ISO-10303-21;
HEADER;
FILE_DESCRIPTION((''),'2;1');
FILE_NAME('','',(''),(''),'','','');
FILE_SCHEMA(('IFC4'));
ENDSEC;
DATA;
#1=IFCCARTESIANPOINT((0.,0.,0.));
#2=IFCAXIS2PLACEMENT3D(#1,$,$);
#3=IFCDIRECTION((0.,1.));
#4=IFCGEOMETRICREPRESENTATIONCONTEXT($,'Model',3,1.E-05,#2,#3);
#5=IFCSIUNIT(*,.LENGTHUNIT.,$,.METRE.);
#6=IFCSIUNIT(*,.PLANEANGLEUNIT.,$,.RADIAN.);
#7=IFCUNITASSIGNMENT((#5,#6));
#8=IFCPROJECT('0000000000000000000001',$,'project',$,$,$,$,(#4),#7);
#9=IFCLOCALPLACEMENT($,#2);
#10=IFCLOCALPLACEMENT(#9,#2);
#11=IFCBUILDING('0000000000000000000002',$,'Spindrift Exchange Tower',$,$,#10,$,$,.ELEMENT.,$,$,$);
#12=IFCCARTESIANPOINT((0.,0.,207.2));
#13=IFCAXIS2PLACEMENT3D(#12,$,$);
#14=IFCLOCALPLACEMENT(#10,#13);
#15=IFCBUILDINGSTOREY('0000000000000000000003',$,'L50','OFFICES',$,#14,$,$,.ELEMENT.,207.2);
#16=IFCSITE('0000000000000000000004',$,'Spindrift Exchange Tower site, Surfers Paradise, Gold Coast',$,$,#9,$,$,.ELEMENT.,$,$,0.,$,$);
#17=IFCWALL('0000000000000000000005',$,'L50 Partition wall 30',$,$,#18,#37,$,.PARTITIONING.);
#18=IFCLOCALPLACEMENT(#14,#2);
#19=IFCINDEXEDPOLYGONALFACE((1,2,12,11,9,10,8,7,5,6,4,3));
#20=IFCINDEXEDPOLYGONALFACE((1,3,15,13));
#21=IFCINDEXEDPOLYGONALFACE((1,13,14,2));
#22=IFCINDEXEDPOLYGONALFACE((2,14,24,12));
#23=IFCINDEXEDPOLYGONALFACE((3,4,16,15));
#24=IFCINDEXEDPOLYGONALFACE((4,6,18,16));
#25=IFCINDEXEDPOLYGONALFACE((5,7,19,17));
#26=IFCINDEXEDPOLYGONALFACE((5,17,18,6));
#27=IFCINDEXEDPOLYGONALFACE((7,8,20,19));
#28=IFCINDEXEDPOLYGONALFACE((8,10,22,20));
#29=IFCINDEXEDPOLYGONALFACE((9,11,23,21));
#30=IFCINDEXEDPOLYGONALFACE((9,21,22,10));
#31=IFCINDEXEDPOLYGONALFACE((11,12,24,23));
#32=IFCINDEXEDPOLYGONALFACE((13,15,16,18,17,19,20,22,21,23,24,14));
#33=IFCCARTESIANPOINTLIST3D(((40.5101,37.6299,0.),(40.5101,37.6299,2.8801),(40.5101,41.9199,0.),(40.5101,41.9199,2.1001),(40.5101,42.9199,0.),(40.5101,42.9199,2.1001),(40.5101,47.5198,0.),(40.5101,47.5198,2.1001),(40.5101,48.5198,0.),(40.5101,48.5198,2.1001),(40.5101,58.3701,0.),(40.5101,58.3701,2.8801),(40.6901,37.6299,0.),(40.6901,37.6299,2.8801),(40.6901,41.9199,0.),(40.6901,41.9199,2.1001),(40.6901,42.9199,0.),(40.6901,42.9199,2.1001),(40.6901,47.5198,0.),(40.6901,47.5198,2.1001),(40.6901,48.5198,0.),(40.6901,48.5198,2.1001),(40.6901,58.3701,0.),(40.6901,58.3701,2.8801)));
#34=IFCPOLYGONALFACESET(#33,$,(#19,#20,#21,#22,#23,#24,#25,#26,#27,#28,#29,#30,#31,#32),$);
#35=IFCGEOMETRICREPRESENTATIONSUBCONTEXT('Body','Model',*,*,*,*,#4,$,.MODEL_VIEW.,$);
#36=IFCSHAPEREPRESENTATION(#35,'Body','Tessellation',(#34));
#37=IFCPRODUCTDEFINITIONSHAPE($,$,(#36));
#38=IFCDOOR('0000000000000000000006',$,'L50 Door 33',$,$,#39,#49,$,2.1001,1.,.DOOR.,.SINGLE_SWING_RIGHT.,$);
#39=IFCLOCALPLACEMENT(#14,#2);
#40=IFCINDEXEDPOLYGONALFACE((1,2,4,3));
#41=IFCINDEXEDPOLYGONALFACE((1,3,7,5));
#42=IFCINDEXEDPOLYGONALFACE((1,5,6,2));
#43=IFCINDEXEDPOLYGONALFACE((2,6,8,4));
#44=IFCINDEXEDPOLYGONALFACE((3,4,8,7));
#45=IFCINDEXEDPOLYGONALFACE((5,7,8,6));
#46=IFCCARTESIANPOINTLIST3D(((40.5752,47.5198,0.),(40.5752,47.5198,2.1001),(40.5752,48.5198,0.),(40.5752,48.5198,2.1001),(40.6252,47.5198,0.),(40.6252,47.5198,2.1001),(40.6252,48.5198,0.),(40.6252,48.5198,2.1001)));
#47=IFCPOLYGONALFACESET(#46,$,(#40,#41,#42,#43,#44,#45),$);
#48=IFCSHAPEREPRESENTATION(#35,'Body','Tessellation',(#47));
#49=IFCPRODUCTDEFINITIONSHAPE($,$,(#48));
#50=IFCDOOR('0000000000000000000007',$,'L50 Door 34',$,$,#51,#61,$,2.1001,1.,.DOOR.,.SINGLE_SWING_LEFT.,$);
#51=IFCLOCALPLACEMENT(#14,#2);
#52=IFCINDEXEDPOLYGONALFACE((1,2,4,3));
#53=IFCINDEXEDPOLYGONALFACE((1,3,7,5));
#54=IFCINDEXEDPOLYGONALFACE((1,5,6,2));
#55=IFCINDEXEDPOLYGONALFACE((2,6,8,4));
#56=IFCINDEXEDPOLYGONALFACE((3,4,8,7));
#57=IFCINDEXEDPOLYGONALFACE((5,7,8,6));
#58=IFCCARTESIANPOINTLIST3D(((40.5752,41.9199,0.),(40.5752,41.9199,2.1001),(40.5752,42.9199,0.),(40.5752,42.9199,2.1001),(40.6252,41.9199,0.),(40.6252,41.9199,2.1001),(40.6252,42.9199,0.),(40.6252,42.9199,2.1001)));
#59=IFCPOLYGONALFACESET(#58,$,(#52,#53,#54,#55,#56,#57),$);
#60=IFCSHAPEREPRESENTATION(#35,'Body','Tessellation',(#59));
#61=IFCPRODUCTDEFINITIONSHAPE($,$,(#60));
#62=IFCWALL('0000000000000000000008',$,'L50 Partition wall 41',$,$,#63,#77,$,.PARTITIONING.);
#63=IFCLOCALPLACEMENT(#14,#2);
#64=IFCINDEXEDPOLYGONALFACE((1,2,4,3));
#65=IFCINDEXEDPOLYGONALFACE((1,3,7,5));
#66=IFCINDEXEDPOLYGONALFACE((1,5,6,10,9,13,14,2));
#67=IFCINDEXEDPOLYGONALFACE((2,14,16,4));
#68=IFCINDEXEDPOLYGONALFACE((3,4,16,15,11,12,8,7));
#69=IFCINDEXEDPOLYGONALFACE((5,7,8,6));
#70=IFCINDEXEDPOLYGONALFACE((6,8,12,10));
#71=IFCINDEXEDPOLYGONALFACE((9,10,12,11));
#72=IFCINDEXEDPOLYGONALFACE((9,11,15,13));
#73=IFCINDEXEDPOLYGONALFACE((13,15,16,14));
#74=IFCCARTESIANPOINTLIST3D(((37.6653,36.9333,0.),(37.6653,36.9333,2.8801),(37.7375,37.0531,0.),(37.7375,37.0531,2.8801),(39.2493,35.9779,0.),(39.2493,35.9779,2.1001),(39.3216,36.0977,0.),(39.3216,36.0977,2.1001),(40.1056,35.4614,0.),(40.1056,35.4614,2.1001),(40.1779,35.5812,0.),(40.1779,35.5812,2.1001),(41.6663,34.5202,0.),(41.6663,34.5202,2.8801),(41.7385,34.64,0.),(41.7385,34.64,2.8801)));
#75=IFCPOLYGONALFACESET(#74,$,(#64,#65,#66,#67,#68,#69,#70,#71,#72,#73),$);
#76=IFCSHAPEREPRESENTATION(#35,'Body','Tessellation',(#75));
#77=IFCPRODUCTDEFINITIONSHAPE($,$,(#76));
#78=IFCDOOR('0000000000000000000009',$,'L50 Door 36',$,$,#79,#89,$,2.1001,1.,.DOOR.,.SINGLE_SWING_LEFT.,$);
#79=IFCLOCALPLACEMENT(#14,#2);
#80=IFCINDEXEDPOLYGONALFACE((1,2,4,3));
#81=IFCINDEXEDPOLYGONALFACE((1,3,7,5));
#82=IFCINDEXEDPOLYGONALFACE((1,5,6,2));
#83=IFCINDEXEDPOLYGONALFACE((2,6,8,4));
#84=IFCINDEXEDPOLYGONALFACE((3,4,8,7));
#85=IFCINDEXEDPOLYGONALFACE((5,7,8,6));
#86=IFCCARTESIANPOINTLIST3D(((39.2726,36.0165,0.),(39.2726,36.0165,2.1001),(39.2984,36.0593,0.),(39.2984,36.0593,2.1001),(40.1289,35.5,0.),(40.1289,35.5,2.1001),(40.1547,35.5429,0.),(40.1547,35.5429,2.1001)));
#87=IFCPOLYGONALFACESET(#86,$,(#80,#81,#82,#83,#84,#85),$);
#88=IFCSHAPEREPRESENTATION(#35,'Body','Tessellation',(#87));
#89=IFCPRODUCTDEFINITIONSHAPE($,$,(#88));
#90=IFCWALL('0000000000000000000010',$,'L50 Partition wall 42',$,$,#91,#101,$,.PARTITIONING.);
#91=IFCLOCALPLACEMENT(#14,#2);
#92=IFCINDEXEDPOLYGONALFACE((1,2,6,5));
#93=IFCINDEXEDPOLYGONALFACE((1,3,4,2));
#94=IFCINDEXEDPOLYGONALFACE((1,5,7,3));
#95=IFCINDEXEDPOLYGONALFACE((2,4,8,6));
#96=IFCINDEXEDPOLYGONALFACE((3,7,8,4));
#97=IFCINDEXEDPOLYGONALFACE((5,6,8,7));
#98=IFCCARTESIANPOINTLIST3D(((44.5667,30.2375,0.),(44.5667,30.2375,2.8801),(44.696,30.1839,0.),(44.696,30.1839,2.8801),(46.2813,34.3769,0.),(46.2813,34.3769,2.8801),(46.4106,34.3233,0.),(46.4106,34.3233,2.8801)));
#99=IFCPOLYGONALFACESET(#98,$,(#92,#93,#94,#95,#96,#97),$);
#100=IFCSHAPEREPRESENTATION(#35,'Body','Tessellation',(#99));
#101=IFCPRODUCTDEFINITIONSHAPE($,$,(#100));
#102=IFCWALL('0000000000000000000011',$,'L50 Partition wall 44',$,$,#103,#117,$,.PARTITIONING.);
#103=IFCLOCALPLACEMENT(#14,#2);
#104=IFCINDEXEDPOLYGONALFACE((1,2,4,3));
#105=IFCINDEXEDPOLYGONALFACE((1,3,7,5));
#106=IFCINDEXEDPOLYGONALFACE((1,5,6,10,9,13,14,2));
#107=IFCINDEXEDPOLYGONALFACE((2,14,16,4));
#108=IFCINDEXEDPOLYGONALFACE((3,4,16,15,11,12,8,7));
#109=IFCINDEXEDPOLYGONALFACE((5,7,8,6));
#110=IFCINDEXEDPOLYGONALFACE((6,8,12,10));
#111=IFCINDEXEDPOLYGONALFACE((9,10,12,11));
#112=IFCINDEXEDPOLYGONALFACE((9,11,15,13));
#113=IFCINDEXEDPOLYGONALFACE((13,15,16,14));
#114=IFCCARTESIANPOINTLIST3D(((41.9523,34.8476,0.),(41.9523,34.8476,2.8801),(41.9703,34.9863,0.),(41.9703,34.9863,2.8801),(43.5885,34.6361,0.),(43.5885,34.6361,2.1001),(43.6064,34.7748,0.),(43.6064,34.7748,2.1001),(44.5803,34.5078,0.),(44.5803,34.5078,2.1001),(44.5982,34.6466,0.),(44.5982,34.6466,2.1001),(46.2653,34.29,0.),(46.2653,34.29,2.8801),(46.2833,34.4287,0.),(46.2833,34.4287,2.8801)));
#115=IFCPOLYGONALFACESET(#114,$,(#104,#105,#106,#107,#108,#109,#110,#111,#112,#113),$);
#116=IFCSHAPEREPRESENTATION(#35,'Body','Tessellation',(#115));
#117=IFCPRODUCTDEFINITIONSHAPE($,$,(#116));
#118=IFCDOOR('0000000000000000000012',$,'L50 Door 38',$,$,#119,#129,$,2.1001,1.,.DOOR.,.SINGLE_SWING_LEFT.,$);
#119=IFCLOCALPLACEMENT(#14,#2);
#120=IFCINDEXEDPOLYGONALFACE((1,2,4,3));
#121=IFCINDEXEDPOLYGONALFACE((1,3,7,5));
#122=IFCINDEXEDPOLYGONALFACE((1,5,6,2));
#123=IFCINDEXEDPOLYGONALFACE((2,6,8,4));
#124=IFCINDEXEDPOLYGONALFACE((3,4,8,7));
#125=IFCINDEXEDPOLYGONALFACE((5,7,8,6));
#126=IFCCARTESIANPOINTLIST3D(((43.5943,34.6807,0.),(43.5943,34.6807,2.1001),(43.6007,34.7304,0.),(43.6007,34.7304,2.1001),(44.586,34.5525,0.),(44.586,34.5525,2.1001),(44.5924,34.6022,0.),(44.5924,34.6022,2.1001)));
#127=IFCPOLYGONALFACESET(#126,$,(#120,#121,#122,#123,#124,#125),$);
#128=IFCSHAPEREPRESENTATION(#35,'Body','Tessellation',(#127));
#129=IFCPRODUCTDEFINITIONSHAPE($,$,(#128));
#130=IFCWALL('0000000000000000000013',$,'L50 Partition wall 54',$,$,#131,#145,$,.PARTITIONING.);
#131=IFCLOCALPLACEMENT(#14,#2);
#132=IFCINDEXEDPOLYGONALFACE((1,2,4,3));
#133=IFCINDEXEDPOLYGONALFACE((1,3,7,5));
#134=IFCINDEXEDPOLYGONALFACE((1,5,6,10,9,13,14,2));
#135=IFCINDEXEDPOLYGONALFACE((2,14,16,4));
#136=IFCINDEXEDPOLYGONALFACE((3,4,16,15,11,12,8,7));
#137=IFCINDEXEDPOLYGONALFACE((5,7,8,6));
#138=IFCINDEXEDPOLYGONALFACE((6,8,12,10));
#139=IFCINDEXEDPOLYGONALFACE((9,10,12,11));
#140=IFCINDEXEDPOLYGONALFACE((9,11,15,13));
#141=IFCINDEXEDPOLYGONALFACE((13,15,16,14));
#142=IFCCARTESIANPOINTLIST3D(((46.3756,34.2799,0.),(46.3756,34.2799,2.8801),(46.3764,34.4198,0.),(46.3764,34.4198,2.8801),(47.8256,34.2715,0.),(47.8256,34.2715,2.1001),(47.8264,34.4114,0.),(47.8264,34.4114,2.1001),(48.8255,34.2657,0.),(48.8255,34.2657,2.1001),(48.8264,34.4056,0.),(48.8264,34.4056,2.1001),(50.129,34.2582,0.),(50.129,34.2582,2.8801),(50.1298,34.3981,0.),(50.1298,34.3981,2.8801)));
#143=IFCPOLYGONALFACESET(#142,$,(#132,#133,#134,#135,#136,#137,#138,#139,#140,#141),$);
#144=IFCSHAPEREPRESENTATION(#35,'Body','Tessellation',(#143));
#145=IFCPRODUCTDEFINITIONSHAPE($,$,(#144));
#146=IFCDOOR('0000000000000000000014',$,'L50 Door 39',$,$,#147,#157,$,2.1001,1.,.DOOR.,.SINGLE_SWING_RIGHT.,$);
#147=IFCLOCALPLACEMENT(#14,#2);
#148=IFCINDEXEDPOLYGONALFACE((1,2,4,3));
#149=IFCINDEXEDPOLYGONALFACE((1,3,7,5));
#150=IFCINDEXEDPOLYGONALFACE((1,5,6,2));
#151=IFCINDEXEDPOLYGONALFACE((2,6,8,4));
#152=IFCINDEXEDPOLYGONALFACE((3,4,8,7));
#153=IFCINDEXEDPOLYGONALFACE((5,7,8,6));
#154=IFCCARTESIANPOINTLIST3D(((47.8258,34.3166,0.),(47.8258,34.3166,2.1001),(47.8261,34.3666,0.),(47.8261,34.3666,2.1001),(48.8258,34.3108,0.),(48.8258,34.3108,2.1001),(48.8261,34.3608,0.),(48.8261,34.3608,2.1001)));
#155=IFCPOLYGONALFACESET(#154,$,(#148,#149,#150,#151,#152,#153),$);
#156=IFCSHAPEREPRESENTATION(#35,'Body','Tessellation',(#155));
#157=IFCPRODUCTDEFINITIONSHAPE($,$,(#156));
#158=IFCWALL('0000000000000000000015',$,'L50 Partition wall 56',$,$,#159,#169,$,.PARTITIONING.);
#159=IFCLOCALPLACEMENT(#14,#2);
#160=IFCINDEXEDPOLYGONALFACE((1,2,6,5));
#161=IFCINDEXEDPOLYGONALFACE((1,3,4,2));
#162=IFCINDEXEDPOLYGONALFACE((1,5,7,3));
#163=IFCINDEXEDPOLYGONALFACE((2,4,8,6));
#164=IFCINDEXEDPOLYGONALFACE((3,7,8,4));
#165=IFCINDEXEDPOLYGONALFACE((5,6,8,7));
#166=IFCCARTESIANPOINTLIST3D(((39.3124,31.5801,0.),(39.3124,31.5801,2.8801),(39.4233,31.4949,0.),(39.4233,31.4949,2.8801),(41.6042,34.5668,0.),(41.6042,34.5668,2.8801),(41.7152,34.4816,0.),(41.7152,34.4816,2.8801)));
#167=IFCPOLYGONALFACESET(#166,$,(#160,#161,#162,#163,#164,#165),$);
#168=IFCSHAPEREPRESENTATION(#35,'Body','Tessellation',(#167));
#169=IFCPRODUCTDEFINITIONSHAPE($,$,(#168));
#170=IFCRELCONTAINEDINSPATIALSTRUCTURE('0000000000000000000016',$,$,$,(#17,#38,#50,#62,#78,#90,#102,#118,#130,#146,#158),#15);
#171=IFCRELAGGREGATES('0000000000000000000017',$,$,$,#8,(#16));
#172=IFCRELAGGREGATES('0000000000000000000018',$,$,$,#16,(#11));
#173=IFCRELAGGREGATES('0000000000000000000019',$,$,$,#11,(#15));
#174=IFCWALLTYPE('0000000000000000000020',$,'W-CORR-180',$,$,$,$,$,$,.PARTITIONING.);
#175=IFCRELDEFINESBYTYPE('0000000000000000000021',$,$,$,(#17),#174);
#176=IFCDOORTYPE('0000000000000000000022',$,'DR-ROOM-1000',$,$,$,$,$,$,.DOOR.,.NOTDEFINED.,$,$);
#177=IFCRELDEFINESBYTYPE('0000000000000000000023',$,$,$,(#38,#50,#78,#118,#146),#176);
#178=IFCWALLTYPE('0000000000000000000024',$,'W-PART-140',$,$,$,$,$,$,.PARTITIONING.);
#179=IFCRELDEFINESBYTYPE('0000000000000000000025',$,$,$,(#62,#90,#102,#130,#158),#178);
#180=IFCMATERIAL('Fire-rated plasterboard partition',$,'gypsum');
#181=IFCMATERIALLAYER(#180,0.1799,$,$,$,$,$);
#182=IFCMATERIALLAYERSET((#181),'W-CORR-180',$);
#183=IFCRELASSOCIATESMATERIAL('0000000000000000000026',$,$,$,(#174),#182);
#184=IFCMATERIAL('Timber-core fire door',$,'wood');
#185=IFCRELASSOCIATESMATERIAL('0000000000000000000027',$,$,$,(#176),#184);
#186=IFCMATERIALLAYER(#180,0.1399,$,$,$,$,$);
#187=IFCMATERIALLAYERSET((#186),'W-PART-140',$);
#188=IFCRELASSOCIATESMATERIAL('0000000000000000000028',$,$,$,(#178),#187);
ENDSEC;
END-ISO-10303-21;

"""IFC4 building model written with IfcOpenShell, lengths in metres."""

from ifc_helpers import new_model, si_unit, direction, frame, frame_2d, origin, place, context, subcontext, project, spatial, rectangle, extrude, source, transform, mapped, material, layer, layer_set, type_object, element, fill, save


model = new_model("IFC4")

# Units and contexts
model_context = context("Model", 3, precision=1e-05, world=origin(), true_north=direction((0.0, 1.0)))
body_context = subcontext(model_context, "Body", "Model", "MODEL_VIEW")
ifc_project = project(units=[si_unit("LENGTHUNIT", "METRE"), si_unit("PLANEANGLEUNIT", "RADIAN")], contexts=[model_context])

# Site, building, storey
site_placement = place(None, origin())
site = spatial("IfcSite", under=ifc_project, at=site_placement, Name="Spindrift Exchange Tower site, Surfers Paradise, Gold Coast", CompositionType="ELEMENT", RefElevation=0.0)
building_placement = place(site_placement, origin())
building = spatial("IfcBuilding", under=site, at=building_placement, Name="Spindrift Exchange Tower", CompositionType="ELEMENT")
storey_placement = place(building_placement, frame((0.0, 0.0, 207.2)))
storey = spatial("IfcBuildingStorey", under=building, at=storey_placement, Name="L50", Description="OFFICES", CompositionType="ELEMENT", Elevation=207.2)

# Wall, openings, doors
ifc_material_1 = material(Name="Timber-core fire door", Category="wood")
ifc_material_2 = material(Name="Fire-rated plasterboard partition", Category="gypsum")
ifc_layer_1 = layer(ifc_material_2, 0.1799)
ifc_layer_set_1 = layer_set([ifc_layer_1], Name="W-CORR-180")
wall_type_1 = type_object("IfcWallType", Name="W-CORR-180", PredefinedType="PARTITIONING", material=ifc_layer_set_1)
wall_1_placement = place(storey_placement, frame((40.6001, 37.6299, 0.0), z_axis=(0.0, 0.0, 1.0), x_axis=(0.0, 1.0, 0.0)))
wall_1 = element("IfcWall", 1, at=wall_1_placement, inside=storey, type_object=wall_type_1, Name="L50 Partition wall 30", PredefinedType="PARTITIONING", context=body_context, shape_type="SweptSolid", body=[
    extrude(rectangle(XDim=20.7402, YDim=0.1799, at=frame_2d((10.3701, 0.0))), origin(), (0.0, 0.0, 1.0), 2.8801),
])
opening_1_placement = place(wall_1_placement, frame((9.8899, 0.0, 0.0)))
opening_1 = element("IfcOpeningElement", 2, at=opening_1_placement, cuts=wall_1, PredefinedType="OPENING", context=body_context, shape_type="SweptSolid", body=[
    extrude(rectangle(XDim=1.0, YDim=2.1001, at=frame_2d((0.5, 1.05))), frame((0.0, 0.0999, 0.0), z_axis=(0.0, -1.0, 0.0), x_axis=(1.0, 0.0, 0.0)), (0.0, 0.0, 1.0), 0.2),
])
opening_2_placement = place(wall_1_placement, frame((4.29, 0.0, 0.0)))
opening_2 = element("IfcOpeningElement", 3, at=opening_2_placement, cuts=wall_1, PredefinedType="OPENING", context=body_context, shape_type="SweptSolid", body=[
    extrude(rectangle(XDim=1.0, YDim=2.1001, at=frame_2d((0.5, 1.05))), frame((0.0, 0.0999, 0.0), z_axis=(0.0, -1.0, 0.0), x_axis=(1.0, 0.0, 0.0)), (0.0, 0.0, 1.0), 0.2),
])
door_type_1 = type_object("IfcDoorType", Name="DR-ROOM-1000", OperationType="NOTDEFINED", PredefinedType="DOOR", material=ifc_material_1)
shared_shape_1 = source(origin(), body_context, "Body", "SweptSolid", [
    extrude(rectangle(XDim=1.0, YDim=2.1001, at=frame_2d((0.5, 1.05))), frame((0.0, 0.0249, 0.0), z_axis=(0.0, -1.0, 0.0), x_axis=(1.0, 0.0, 0.0)), (0.0, 0.0, 1.0), 0.05),
])
door_1_placement = place(opening_1_placement, origin())
door_1 = element("IfcDoor", 4, at=door_1_placement, inside=storey, type_object=door_type_1, Name="L50 Door 33", OperationType="SINGLE_SWING_RIGHT", OverallHeight=2.1001, OverallWidth=1.0, PredefinedType="DOOR", context=body_context, shape_type="MappedRepresentation", body=[
    mapped(shared_shape_1, transform((0.0, 0.0, 0.0), scale=1.0)),
])
fill(opening_1, door_1)
door_2_placement = place(opening_2_placement, origin())
door_2 = element("IfcDoor", 5, at=door_2_placement, inside=storey, type_object=door_type_1, Name="L50 Door 34", OperationType="SINGLE_SWING_LEFT", OverallHeight=2.1001, OverallWidth=1.0, PredefinedType="DOOR", context=body_context, shape_type="MappedRepresentation", body=[
    mapped(shared_shape_1, transform((0.0, 0.0, 0.0), scale=1.0)),
])
fill(opening_2, door_2)

# Wall, opening, door
ifc_layer_2 = layer(ifc_material_2, 0.1399)
ifc_layer_set_2 = layer_set([ifc_layer_2], Name="W-PART-140")
wall_type_2 = type_object("IfcWallType", Name="W-PART-140", PredefinedType="PARTITIONING", material=ifc_layer_set_2)
wall_2_placement = place(storey_placement, frame((41.7024, 34.5801, 0.0), z_axis=(0.0, 0.0, 1.0), x_axis=(-0.85631, 0.516462, 0.0)))
wall_2 = element("IfcWall", 6, at=wall_2_placement, inside=storey, type_object=wall_type_2, Name="L50 Partition wall 41", PredefinedType="PARTITIONING", context=body_context, shape_type="SweptSolid", body=[
    extrude(rectangle(XDim=4.6724, YDim=0.1399, at=frame_2d((2.3362, 0.0))), origin(), (0.0, 0.0, 1.0), 2.8801),
])
opening_3_placement = place(wall_2_placement, frame((1.8225, 0.0, 0.0)))
opening_3 = element("IfcOpeningElement", 7, at=opening_3_placement, cuts=wall_2, PredefinedType="OPENING", context=body_context, shape_type="SweptSolid", body=[
    extrude(rectangle(XDim=1.0, YDim=2.1001, at=frame_2d((0.5, 1.05))), frame((0.0, 0.0798, 0.0), z_axis=(0.0, -1.0, 0.0), x_axis=(1.0, 0.0, 0.0)), (0.0, 0.0, 1.0), 0.1599),
])
door_3_placement = place(opening_3_placement, origin())
door_3 = element("IfcDoor", 8, at=door_3_placement, inside=storey, type_object=door_type_1, Name="L50 Door 36", OperationType="SINGLE_SWING_LEFT", OverallHeight=2.1001, OverallWidth=1.0, PredefinedType="DOOR", context=body_context, shape_type="MappedRepresentation", body=[
    mapped(shared_shape_1, transform((0.0, 0.0, 0.0), scale=1.0)),
])
fill(opening_3, door_3)

# Wall
wall_3_placement = place(storey_placement, frame((46.3459, 34.3501, 0.0), z_axis=(0.0, 0.0, 1.0), x_axis=(-0.382684, -0.923879, 0.0)))
element("IfcWall", 9, at=wall_3_placement, inside=storey, type_object=wall_type_2, Name="L50 Partition wall 42", PredefinedType="PARTITIONING", context=body_context, shape_type="SweptSolid", body=[
    extrude(rectangle(XDim=4.4805, YDim=0.1399, at=frame_2d((2.2402, 0.0))), origin(), (0.0, 0.0, 1.0), 2.8801),
])

# Walls, openings, doors
wall_4_placement = place(storey_placement, frame((46.2742, 34.3594, 0.0), z_axis=(0.0, 0.0, 1.0), x_axis=(-0.991746, 0.128221, 0.0)))
wall_4 = element("IfcWall", 10, at=wall_4_placement, inside=storey, type_object=wall_type_2, Name="L50 Partition wall 44", PredefinedType="PARTITIONING", context=body_context, shape_type="SweptSolid", body=[
    extrude(rectangle(XDim=4.3489, YDim=0.1399, at=frame_2d((2.1743, 0.0))), origin(), (0.0, 0.0, 1.0), 2.8801),
])
opening_4_placement = place(wall_4_placement, frame((1.699, 0.0, 0.0)))
opening_4 = element("IfcOpeningElement", 11, at=opening_4_placement, cuts=wall_4, PredefinedType="OPENING", context=body_context, shape_type="SweptSolid", body=[
    extrude(rectangle(XDim=1.0, YDim=2.1001, at=frame_2d((0.5, 1.05))), frame((0.0, 0.0798, 0.0), z_axis=(0.0, -1.0, 0.0), x_axis=(1.0, 0.0, 0.0)), (0.0, 0.0, 1.0), 0.1599),
])
door_4_placement = place(opening_4_placement, origin())
door_4 = element("IfcDoor", 12, at=door_4_placement, inside=storey, type_object=door_type_1, Name="L50 Door 38", OperationType="SINGLE_SWING_LEFT", OverallHeight=2.1001, OverallWidth=1.0, PredefinedType="DOOR", context=body_context, shape_type="MappedRepresentation", body=[
    mapped(shared_shape_1, transform((0.0, 0.0, 0.0), scale=1.0)),
])
fill(opening_4, door_4)
wall_5_placement = place(storey_placement, frame((50.1294, 34.3281, 0.0), z_axis=(0.0, 0.0, 1.0), x_axis=(-0.999983, 0.005789, 0.0)))
wall_5 = element("IfcWall", 13, at=wall_5_placement, inside=storey, type_object=wall_type_2, Name="L50 Partition wall 54", PredefinedType="PARTITIONING", context=body_context, shape_type="SweptSolid", body=[
    extrude(rectangle(XDim=3.7534, YDim=0.1399, at=frame_2d((1.8767, 0.0))), origin(), (0.0, 0.0, 1.0), 2.8801),
])
opening_5_placement = place(wall_5_placement, frame((1.3035, 0.0, 0.0)))
opening_5 = element("IfcOpeningElement", 14, at=opening_5_placement, cuts=wall_5, PredefinedType="OPENING", context=body_context, shape_type="SweptSolid", body=[
    extrude(rectangle(XDim=1.0, YDim=2.1001, at=frame_2d((0.5, 1.05))), frame((0.0, 0.0798, 0.0), z_axis=(0.0, -1.0, 0.0), x_axis=(1.0, 0.0, 0.0)), (0.0, 0.0, 1.0), 0.1599),
])
door_5_placement = place(opening_5_placement, origin())
door_5 = element("IfcDoor", 15, at=door_5_placement, inside=storey, type_object=door_type_1, Name="L50 Door 39", OperationType="SINGLE_SWING_RIGHT", OverallHeight=2.1001, OverallWidth=1.0, PredefinedType="DOOR", context=body_context, shape_type="MappedRepresentation", body=[
    mapped(shared_shape_1, transform((0.0, 0.0, 0.0), scale=1.0)),
])
fill(opening_5, door_5)

# Wall
wall_6_placement = place(storey_placement, frame((41.6597, 34.5242, 0.0), z_axis=(0.0, 0.0, 1.0), x_axis=(-0.608773, -0.793344, 0.0)))
element("IfcWall", 16, at=wall_6_placement, inside=storey, type_object=wall_type_2, Name="L50 Partition wall 56", PredefinedType="PARTITIONING", context=body_context, shape_type="SweptSolid", body=[
    extrude(rectangle(XDim=3.7646, YDim=0.1399, at=frame_2d((1.8823, 0.0))), origin(), (0.0, 0.0, 1.0), 2.8801),
])

save(model, "model.ifc")
